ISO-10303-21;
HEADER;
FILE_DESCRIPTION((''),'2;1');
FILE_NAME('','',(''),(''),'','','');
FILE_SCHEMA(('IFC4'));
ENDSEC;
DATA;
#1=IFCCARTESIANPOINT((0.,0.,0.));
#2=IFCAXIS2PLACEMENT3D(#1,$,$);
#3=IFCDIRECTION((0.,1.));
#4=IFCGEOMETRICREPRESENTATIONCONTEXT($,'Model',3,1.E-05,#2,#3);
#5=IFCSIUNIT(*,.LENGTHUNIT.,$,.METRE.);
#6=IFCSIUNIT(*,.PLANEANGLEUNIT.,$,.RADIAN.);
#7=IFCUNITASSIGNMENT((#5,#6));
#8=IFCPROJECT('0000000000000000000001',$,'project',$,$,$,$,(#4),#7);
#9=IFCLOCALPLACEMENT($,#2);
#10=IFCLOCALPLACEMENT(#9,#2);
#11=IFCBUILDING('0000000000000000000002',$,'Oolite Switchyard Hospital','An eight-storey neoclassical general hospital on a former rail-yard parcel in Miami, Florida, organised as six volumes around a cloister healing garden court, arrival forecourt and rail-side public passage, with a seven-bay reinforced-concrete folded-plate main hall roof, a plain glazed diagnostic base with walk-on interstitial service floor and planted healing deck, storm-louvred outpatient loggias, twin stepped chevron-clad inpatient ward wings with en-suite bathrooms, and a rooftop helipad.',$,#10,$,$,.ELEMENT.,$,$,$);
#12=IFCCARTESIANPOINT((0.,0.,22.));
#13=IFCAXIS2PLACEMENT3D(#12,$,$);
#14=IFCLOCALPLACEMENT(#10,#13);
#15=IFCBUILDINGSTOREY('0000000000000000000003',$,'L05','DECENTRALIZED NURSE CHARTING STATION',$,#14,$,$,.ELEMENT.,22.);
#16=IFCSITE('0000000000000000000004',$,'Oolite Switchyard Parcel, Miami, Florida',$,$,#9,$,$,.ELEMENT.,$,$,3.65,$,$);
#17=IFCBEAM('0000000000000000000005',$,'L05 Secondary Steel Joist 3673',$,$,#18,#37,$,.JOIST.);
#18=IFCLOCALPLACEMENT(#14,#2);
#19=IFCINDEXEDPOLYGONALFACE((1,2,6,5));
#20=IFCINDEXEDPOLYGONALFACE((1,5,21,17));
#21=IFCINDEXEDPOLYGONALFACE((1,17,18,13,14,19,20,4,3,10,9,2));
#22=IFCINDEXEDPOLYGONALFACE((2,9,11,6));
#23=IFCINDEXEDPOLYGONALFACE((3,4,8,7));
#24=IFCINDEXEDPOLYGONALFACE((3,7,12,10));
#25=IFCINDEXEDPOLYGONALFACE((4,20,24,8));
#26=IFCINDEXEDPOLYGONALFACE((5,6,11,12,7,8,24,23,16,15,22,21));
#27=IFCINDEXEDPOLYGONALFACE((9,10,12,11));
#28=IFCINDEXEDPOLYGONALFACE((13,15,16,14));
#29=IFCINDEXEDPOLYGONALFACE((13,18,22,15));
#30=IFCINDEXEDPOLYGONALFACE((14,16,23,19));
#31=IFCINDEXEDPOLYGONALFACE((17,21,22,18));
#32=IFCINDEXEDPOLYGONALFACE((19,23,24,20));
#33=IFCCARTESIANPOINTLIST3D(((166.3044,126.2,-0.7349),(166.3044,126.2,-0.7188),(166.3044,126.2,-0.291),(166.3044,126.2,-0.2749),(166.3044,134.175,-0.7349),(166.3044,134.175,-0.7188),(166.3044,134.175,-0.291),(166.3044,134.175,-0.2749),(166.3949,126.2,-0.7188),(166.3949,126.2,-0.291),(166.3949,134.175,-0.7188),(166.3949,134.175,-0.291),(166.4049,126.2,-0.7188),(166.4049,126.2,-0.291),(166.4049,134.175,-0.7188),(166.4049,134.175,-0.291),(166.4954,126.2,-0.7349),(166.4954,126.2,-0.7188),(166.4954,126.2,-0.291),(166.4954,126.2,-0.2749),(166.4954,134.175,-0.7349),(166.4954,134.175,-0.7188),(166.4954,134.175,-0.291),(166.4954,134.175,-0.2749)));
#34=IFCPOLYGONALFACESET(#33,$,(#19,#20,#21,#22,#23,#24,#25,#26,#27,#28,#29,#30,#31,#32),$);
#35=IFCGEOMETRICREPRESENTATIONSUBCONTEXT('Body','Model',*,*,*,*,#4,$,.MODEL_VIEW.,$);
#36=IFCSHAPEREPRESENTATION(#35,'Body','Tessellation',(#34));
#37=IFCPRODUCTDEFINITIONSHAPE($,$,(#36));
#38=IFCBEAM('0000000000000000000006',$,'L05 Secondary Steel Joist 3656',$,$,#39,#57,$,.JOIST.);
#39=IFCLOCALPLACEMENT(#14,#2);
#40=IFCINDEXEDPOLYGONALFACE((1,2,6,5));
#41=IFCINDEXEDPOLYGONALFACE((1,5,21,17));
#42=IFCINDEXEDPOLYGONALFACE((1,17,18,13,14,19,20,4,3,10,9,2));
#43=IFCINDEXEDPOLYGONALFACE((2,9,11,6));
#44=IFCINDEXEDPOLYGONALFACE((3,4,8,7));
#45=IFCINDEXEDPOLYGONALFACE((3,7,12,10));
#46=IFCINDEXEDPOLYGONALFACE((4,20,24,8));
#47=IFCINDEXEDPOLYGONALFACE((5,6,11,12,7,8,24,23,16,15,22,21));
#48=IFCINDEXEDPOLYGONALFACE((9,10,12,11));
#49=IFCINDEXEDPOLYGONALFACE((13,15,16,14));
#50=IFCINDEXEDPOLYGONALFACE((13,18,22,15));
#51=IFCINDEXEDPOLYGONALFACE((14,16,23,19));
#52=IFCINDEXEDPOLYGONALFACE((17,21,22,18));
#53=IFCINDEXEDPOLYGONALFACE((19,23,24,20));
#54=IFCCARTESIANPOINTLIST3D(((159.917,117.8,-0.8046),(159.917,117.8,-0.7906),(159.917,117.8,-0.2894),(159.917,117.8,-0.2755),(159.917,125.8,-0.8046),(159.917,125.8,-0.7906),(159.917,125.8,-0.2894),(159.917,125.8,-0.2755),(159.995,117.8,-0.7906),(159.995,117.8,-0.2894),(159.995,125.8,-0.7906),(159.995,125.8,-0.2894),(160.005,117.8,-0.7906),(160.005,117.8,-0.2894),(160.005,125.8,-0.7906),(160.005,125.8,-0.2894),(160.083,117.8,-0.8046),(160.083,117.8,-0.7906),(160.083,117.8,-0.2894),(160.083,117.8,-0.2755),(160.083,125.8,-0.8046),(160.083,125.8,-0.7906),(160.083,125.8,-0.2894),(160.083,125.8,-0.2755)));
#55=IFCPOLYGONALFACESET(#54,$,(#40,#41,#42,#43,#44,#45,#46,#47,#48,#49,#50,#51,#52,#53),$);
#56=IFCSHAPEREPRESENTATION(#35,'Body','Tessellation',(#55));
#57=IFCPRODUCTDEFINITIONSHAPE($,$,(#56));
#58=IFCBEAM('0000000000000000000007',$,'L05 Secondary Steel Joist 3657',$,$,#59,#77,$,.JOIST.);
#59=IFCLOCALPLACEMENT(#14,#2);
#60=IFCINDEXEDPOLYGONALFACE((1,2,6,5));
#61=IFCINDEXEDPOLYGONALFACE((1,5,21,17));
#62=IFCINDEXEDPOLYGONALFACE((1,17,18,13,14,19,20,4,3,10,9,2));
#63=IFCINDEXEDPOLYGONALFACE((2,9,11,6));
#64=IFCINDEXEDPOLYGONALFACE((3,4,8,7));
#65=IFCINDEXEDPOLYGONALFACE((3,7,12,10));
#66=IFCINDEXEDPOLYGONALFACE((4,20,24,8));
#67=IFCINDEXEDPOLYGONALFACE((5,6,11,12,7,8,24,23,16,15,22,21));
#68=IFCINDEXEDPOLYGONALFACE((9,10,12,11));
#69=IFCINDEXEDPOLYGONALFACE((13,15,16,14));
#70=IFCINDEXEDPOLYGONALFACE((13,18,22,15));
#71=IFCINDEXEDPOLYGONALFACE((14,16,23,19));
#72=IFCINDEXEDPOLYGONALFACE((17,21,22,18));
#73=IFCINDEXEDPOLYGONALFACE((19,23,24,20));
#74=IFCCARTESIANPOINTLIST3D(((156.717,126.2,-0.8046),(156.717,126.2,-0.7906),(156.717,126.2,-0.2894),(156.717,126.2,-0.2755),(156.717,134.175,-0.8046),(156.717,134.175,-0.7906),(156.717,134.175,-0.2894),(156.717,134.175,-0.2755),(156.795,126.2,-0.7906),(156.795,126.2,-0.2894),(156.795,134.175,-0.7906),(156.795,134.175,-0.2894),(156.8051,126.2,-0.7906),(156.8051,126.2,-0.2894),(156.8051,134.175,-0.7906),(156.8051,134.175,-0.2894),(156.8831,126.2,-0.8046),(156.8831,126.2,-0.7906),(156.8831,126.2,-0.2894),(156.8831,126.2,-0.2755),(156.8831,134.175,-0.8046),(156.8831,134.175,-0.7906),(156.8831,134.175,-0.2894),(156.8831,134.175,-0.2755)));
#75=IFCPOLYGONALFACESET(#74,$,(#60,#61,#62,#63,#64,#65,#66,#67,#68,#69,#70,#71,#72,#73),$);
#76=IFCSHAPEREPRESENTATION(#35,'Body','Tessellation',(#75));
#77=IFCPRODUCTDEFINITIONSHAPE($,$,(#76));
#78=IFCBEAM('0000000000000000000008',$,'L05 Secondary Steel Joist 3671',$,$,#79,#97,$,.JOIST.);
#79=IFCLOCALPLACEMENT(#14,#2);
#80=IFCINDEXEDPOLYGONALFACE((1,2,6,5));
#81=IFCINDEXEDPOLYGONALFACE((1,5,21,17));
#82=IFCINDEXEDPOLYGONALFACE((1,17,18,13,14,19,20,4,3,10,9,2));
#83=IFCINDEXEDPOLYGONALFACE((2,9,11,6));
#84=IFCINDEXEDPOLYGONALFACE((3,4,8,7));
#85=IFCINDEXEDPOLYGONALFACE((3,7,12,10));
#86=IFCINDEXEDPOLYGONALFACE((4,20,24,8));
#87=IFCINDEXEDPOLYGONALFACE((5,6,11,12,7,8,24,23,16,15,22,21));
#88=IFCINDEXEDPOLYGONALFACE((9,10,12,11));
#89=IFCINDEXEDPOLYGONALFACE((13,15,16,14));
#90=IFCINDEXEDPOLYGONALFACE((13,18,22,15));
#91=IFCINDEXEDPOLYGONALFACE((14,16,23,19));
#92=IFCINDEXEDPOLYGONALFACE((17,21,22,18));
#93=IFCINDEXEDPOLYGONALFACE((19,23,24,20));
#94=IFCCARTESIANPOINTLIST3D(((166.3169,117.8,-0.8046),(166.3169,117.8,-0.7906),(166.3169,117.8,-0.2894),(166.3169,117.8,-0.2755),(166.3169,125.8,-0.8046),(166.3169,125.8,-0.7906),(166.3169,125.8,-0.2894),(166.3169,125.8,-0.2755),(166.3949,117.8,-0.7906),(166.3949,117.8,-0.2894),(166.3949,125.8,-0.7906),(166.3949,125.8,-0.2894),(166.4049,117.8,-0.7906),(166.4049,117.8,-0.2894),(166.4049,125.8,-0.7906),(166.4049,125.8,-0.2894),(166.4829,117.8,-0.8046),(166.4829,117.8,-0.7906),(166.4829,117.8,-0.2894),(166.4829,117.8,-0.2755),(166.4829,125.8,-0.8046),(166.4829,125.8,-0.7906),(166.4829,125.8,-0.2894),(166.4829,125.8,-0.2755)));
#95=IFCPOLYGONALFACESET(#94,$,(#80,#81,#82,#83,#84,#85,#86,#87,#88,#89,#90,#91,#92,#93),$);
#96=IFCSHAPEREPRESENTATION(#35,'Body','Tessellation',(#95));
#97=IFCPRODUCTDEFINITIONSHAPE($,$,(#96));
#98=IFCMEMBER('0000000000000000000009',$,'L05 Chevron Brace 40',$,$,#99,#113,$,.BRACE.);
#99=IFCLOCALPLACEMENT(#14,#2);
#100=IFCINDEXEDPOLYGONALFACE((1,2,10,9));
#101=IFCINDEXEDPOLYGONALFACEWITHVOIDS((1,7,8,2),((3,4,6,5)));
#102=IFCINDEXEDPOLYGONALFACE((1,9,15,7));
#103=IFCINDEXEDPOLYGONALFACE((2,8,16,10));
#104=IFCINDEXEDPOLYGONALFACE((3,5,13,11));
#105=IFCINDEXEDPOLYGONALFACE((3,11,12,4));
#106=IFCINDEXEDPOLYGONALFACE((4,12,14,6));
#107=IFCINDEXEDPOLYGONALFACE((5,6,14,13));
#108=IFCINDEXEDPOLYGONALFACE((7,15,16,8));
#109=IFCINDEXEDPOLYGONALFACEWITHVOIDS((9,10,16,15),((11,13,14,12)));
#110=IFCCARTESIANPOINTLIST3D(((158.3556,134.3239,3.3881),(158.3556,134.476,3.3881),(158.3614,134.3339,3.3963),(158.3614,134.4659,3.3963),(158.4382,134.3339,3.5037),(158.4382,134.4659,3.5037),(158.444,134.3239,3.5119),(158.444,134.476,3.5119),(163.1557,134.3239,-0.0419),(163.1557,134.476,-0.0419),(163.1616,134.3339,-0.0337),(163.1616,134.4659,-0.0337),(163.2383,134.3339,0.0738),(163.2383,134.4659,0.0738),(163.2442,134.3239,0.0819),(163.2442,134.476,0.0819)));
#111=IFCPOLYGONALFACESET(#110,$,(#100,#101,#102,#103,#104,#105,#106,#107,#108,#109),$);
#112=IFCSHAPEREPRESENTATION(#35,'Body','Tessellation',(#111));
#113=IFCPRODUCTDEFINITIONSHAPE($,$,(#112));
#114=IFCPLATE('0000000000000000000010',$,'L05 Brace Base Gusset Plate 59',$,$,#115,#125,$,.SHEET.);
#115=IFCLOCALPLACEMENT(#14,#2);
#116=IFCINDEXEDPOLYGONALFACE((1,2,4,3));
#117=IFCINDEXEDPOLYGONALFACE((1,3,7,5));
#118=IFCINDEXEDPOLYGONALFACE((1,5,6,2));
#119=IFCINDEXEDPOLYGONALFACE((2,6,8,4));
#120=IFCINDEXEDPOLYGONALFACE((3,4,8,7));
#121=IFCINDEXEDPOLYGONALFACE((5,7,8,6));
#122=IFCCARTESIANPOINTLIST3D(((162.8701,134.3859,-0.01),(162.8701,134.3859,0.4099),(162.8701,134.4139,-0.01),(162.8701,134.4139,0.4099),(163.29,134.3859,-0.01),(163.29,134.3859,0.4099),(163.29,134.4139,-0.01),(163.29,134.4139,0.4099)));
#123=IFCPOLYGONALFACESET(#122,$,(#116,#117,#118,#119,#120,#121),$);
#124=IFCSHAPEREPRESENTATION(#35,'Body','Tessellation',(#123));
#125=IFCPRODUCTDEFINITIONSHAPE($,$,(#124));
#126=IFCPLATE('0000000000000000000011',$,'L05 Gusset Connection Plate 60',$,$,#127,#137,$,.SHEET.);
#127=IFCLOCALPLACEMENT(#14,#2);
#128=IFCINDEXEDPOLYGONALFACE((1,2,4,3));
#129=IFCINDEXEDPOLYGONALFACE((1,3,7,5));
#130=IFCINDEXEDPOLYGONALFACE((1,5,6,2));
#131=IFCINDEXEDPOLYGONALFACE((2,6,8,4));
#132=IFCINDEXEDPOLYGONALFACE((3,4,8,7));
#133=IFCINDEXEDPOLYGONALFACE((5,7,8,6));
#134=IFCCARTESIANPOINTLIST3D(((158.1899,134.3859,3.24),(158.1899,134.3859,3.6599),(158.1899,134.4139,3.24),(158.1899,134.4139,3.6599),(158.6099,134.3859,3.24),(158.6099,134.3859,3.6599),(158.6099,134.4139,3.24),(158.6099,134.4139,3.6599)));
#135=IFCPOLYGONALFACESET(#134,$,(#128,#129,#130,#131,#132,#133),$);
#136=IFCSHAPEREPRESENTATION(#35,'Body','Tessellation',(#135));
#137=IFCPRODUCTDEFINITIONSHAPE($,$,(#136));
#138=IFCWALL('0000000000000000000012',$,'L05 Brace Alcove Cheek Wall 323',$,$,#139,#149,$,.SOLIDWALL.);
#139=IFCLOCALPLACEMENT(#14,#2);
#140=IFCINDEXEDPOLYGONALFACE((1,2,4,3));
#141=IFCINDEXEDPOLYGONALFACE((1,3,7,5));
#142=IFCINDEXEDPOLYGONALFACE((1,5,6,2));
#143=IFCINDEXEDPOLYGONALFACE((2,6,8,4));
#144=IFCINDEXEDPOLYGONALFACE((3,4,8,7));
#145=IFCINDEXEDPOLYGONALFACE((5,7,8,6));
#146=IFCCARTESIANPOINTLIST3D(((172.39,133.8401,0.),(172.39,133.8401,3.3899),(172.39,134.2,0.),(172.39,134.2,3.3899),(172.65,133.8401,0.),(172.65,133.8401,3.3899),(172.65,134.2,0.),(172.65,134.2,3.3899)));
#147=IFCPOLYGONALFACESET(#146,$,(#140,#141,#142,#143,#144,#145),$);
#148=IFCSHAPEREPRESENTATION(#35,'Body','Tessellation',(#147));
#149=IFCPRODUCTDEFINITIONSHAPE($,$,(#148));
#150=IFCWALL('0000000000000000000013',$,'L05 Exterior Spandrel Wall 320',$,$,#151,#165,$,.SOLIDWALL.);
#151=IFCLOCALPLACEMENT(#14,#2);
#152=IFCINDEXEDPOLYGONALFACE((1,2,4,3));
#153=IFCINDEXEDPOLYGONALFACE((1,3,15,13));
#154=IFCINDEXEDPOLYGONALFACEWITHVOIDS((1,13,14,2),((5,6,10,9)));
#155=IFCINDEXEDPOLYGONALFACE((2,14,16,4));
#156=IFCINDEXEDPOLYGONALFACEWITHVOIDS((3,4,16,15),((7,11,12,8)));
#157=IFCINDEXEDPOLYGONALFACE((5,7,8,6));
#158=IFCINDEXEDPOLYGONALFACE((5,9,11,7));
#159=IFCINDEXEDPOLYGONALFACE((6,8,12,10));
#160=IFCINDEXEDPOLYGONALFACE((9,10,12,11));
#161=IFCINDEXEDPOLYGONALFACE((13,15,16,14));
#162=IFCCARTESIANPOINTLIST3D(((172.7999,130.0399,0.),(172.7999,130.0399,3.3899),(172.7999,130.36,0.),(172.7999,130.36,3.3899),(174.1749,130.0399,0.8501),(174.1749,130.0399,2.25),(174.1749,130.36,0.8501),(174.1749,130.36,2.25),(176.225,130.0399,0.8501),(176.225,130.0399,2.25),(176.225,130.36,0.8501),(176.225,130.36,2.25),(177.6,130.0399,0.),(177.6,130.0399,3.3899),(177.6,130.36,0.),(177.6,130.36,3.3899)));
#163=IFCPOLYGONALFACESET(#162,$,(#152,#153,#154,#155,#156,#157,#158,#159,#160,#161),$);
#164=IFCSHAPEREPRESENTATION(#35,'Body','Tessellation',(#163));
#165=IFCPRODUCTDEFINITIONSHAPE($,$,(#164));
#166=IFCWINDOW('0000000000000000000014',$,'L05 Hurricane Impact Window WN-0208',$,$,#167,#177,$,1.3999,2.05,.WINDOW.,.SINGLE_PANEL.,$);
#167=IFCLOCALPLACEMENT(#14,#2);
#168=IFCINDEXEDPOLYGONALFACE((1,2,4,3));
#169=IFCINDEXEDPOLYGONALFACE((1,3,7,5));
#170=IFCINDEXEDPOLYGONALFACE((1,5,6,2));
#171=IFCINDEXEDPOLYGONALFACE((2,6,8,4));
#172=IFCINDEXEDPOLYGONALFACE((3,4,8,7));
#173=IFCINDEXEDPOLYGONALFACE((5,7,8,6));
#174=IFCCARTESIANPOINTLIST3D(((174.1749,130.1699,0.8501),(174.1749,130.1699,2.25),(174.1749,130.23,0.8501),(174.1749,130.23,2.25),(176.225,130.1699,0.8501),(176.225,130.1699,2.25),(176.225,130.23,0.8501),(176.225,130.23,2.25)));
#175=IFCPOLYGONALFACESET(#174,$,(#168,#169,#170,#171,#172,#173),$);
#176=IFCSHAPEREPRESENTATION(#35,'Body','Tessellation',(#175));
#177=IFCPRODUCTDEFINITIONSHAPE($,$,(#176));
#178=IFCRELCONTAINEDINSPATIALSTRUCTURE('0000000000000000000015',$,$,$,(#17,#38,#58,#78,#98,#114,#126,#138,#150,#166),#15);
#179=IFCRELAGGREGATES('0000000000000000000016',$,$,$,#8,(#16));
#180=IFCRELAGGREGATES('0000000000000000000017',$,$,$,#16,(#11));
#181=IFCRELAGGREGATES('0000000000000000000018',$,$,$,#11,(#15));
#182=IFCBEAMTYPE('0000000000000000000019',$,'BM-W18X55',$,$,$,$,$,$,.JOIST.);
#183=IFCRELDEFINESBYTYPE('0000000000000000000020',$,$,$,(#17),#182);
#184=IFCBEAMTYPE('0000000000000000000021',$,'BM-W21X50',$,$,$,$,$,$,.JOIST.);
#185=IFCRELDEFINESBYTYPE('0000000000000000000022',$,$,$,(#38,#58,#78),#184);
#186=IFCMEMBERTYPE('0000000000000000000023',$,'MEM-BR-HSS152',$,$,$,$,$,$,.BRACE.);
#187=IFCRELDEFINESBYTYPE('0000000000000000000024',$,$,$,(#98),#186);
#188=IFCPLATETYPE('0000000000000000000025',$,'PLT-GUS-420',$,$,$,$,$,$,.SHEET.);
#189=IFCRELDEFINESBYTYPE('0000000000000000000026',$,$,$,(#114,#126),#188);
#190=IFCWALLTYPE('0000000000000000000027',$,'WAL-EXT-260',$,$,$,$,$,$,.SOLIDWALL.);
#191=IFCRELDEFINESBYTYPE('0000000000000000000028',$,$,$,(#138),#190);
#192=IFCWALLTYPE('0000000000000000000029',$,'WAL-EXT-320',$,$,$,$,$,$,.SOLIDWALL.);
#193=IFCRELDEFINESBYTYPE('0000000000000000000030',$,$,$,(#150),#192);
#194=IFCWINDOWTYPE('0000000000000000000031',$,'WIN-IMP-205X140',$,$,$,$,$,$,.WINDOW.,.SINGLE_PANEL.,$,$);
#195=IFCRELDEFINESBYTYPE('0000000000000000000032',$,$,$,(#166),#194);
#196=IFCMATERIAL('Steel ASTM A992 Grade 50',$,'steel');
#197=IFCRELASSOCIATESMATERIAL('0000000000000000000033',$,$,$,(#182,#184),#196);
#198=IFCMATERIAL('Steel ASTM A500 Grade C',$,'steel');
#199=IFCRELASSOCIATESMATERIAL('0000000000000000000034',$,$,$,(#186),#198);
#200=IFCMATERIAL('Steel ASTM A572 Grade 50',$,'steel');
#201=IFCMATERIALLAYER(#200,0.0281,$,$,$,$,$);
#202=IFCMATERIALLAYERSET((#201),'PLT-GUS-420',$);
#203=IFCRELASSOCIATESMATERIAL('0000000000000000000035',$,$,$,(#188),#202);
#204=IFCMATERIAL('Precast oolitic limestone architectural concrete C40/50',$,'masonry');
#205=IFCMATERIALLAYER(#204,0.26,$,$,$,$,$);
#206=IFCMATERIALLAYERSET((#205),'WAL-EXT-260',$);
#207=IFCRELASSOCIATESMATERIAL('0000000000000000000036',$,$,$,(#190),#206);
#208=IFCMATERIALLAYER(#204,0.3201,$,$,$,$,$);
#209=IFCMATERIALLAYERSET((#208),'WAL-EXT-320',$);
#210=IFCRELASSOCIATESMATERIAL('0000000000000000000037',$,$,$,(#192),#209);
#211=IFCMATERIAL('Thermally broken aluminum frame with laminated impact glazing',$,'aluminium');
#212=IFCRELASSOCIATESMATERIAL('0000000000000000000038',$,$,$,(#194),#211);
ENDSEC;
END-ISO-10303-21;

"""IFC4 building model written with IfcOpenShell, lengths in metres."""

from ifc_helpers import new_model, si_unit, direction, frame, frame_2d, origin, origin_2d, place, context, subcontext, project, spatial, rectangle, hollow_rectangle, i_section, extrude, material, layer, layer_set, material_profile, profile_set, type_object, element, fill, save


model = new_model("IFC4")

# Units and contexts
model_context = context("Model", 3, precision=1e-05, world=origin(), true_north=direction((0.0, 1.0)))
body_context = subcontext(model_context, "Body", "Model", "MODEL_VIEW")
ifc_project = project(units=[si_unit("LENGTHUNIT", "METRE"), si_unit("PLANEANGLEUNIT", "RADIAN")], contexts=[model_context])

# Site, building, storey
site_placement = place(None, origin())
site = spatial("IfcSite", under=ifc_project, at=site_placement, Name="Oolite Switchyard Parcel, Miami, Florida", CompositionType="ELEMENT", RefElevation=3.65)
building_placement = place(site_placement, origin())
building = spatial("IfcBuilding", under=site, at=building_placement, Name="Oolite Switchyard Hospital", Description="An eight-storey neoclassical general hospital on a former rail-yard parcel in Miami, Florida, organised as six volumes around a cloister healing garden court, arrival forecourt and rail-side public passage, with a seven-bay reinforced-concrete folded-plate main hall roof, a plain glazed diagnostic base with walk-on interstitial service floor and planted healing deck, storm-louvred outpatient loggias, twin stepped chevron-clad inpatient ward wings with en-suite bathrooms, and a rooftop helipad.", CompositionType="ELEMENT")
storey_placement = place(building_placement, frame((0.0, 0.0, 22.0)))
storey = spatial("IfcBuildingStorey", under=building, at=storey_placement, Name="L05", Description="DECENTRALIZED NURSE CHARTING STATION", CompositionType="ELEMENT", Elevation=22.0)

# Beams
ifc_material_1 = material(Name="Steel ASTM A992 Grade 50", Category="steel")
ifc_material_profile_1 = material_profile(ifc_material_1, i_section(OverallWidth=0.1909, OverallDepth=0.46, WebThickness=0.01, FlangeThickness=0.0161, at=origin_2d()), Name="W18X55")
ifc_profile_set_1 = profile_set([ifc_material_profile_1], Name="Steel ASTM A992 Grade 50")
beam_type_1 = type_object("IfcBeamType", Name="BM-W18X55", PredefinedType="JOIST", material=ifc_profile_set_1)
beam_1_placement = place(storey_placement, frame((166.3999, 126.2, -0.5049), z_axis=(0.0, 1.0, 0.0), x_axis=(-1.0, 0.0, 0.0)))
element("IfcBeam", 1, at=beam_1_placement, inside=storey, type_object=beam_type_1, Name="L05 Secondary Steel Joist 3673", PredefinedType="JOIST", context=body_context, shape_type="SweptSolid", body=[
    extrude(i_section(OverallWidth=0.1909, OverallDepth=0.46, WebThickness=0.01, FlangeThickness=0.0161, at=origin_2d()), origin(), (0.0, 0.0, 1.0), 7.9751),
])
ifc_material_profile_2 = material_profile(ifc_material_1, i_section(OverallWidth=0.166, OverallDepth=0.5291, WebThickness=0.01, FlangeThickness=0.0139, at=origin_2d()), Name="W21X50")
ifc_profile_set_2 = profile_set([ifc_material_profile_2], Name="Steel ASTM A992 Grade 50")
beam_type_2 = type_object("IfcBeamType", Name="BM-W21X50", PredefinedType="JOIST", material=ifc_profile_set_2)
beam_2_placement = place(storey_placement, frame((160.0, 117.8, -0.54), z_axis=(0.0, 1.0, 0.0), x_axis=(-1.0, 0.0, 0.0)))
element("IfcBeam", 2, at=beam_2_placement, inside=storey, type_object=beam_type_2, Name="L05 Secondary Steel Joist 3656", PredefinedType="JOIST", context=body_context, shape_type="SweptSolid", body=[
    extrude(i_section(OverallWidth=0.166, OverallDepth=0.5291, WebThickness=0.01, FlangeThickness=0.0139, at=origin_2d()), origin(), (0.0, 0.0, 1.0), 8.0),
])
beam_3_placement = place(storey_placement, frame((156.8, 126.2, -0.54), z_axis=(0.0, 1.0, 0.0), x_axis=(-1.0, 0.0, 0.0)))
element("IfcBeam", 3, at=beam_3_placement, inside=storey, type_object=beam_type_2, Name="L05 Secondary Steel Joist 3657", PredefinedType="JOIST", context=body_context, shape_type="SweptSolid", body=[
    extrude(i_section(OverallWidth=0.166, OverallDepth=0.5291, WebThickness=0.01, FlangeThickness=0.0139, at=origin_2d()), origin(), (0.0, 0.0, 1.0), 7.9751),
])
beam_4_placement = place(storey_placement, frame((166.3999, 117.8, -0.54), z_axis=(0.0, 1.0, 0.0), x_axis=(-1.0, 0.0, 0.0)))
element("IfcBeam", 4, at=beam_4_placement, inside=storey, type_object=beam_type_2, Name="L05 Secondary Steel Joist 3671", PredefinedType="JOIST", context=body_context, shape_type="SweptSolid", body=[
    extrude(i_section(OverallWidth=0.166, OverallDepth=0.5291, WebThickness=0.01, FlangeThickness=0.0139, at=origin_2d()), origin(), (0.0, 0.0, 1.0), 8.0),
])

# Member
ifc_material_2 = material(Name="Steel ASTM A500 Grade C", Category="steel")
ifc_material_profile_3 = material_profile(ifc_material_2, hollow_rectangle(XDim=0.1521, YDim=0.1521, WallThickness=0.01, at=origin_2d()), Name="HSS152X152X10")
ifc_profile_set_3 = profile_set([ifc_material_profile_3], Name="Steel ASTM A500 Grade C")
member_type = type_object("IfcMemberType", Name="MEM-BR-HSS152", PredefinedType="BRACE", material=ifc_profile_set_3)
member_placement = place(storey_placement, frame((163.2, 134.3999, 0.02), z_axis=(-0.813627, 0.0, 0.581387), x_axis=(0.0, -1.0, 0.0)))
element("IfcMember", 5, at=member_placement, inside=storey, type_object=member_type, Name="L05 Chevron Brace 40", PredefinedType="BRACE", context=body_context, shape_type="SweptSolid", body=[
    extrude(hollow_rectangle(XDim=0.1521, YDim=0.1521, WallThickness=0.01, at=origin_2d()), origin(), (0.0, 0.0, 1.0), 5.8997),
])

# Plates
ifc_material_3 = material(Name="Steel ASTM A572 Grade 50", Category="steel")
ifc_layer_1 = layer(ifc_material_3, 0.0281)
ifc_layer_set_1 = layer_set([ifc_layer_1], Name="PLT-GUS-420")
plate_type = type_object("IfcPlateType", Name="PLT-GUS-420", PredefinedType="SHEET", material=ifc_layer_set_1)
for number, where, z_axis, x_axis, name in (
    (6, (163.0801, 134.3999, -0.01), (0.0, 0.0, 1.0), (1.0, 0.0, 0.0), "L05 Brace Base Gusset Plate 59"),
    (7, (158.3999, 134.3999, 3.24), (0.0, 0.0, 1.0), (1.0, 0.0, 0.0), "L05 Gusset Connection Plate 60"),
):
    element("IfcPlate", number, at=place(storey_placement, frame(where, z_axis=z_axis, x_axis=x_axis)), inside=storey, type_object=plate_type, Name=name, PredefinedType="SHEET", context=body_context, shape_type="SweptSolid", body=[
        extrude(rectangle(XDim=0.4199, YDim=0.0281, at=origin_2d()), origin(), (0.0, 0.0, 1.0), 0.4199),
    ])

# Wall
ifc_material_4 = material(Name="Precast oolitic limestone architectural concrete C40/50", Category="masonry")
ifc_layer_2 = layer(ifc_material_4, 0.26)
ifc_layer_set_2 = layer_set([ifc_layer_2], Name="WAL-EXT-260")
wall_type_1 = type_object("IfcWallType", Name="WAL-EXT-260", PredefinedType="SOLIDWALL", material=ifc_layer_set_2)
wall_1_placement = place(storey_placement, frame((172.52, 134.2, 0.0), z_axis=(0.0, 0.0, 1.0), x_axis=(0.0, -1.0, 0.0)))
element("IfcWall", 8, at=wall_1_placement, inside=storey, type_object=wall_type_1, Name="L05 Brace Alcove Cheek Wall 323", PredefinedType="SOLIDWALL", context=body_context, shape_type="SweptSolid", body=[
    extrude(rectangle(XDim=0.3599, YDim=0.26, at=frame_2d((0.1799, 0.0))), origin(), (0.0, 0.0, 1.0), 3.3899),
])

# Wall, opening, window
ifc_layer_3 = layer(ifc_material_4, 0.3201)
ifc_layer_set_3 = layer_set([ifc_layer_3], Name="WAL-EXT-320")
wall_type_2 = type_object("IfcWallType", Name="WAL-EXT-320", PredefinedType="SOLIDWALL", material=ifc_layer_set_3)
wall_2_placement = place(storey_placement, frame((172.8, 130.2, 0.0), z_axis=(0.0, 0.0, 1.0), x_axis=(1.0, 0.0, 0.0)))
wall_2 = element("IfcWall", 9, at=wall_2_placement, inside=storey, type_object=wall_type_2, Name="L05 Exterior Spandrel Wall 320", PredefinedType="SOLIDWALL", context=body_context, shape_type="SweptSolid", body=[
    extrude(rectangle(XDim=4.8, YDim=0.3201, at=frame_2d((2.3999, 0.0))), origin(), (0.0, 0.0, 1.0), 3.3899),
])
opening_1_placement = place(wall_2_placement, frame((1.375, 0.0, 0.8501)))
opening_1 = element("IfcOpeningElement", 10, at=opening_1_placement, cuts=wall_2, PredefinedType="OPENING", context=body_context, shape_type="SweptSolid", body=[
    extrude(rectangle(XDim=2.05, YDim=1.3999, at=frame_2d((1.0249, 0.7))), frame((0.0, 0.1699, 0.0), z_axis=(0.0, -1.0, 0.0), x_axis=(1.0, 0.0, 0.0)), (0.0, 0.0, 1.0), 0.3401),
])
ifc_material_5 = material(Name="Thermally broken aluminum frame with laminated impact glazing", Category="aluminium")
window_type = type_object("IfcWindowType", Name="WIN-IMP-205X140", PartitioningType="SINGLE_PANEL", PredefinedType="WINDOW", material=ifc_material_5)
window_placement = place(opening_1_placement, origin())
window = element("IfcWindow", 11, at=window_placement, inside=storey, type_object=window_type, Name="L05 Hurricane Impact Window WN-0208", OverallHeight=1.3999, OverallWidth=2.05, PartitioningType="SINGLE_PANEL", PredefinedType="WINDOW", context=body_context, shape_type="SweptSolid", body=[
    extrude(rectangle(XDim=2.05, YDim=1.3999, at=frame_2d((1.0249, 0.7))), frame((0.0, 0.03, 0.0), z_axis=(0.0, -1.0, 0.0), x_axis=(1.0, 0.0, 0.0)), (0.0, 0.0, 1.0), 0.0601),
])
fill(opening_1, window)

save(model, "model.ifc")
